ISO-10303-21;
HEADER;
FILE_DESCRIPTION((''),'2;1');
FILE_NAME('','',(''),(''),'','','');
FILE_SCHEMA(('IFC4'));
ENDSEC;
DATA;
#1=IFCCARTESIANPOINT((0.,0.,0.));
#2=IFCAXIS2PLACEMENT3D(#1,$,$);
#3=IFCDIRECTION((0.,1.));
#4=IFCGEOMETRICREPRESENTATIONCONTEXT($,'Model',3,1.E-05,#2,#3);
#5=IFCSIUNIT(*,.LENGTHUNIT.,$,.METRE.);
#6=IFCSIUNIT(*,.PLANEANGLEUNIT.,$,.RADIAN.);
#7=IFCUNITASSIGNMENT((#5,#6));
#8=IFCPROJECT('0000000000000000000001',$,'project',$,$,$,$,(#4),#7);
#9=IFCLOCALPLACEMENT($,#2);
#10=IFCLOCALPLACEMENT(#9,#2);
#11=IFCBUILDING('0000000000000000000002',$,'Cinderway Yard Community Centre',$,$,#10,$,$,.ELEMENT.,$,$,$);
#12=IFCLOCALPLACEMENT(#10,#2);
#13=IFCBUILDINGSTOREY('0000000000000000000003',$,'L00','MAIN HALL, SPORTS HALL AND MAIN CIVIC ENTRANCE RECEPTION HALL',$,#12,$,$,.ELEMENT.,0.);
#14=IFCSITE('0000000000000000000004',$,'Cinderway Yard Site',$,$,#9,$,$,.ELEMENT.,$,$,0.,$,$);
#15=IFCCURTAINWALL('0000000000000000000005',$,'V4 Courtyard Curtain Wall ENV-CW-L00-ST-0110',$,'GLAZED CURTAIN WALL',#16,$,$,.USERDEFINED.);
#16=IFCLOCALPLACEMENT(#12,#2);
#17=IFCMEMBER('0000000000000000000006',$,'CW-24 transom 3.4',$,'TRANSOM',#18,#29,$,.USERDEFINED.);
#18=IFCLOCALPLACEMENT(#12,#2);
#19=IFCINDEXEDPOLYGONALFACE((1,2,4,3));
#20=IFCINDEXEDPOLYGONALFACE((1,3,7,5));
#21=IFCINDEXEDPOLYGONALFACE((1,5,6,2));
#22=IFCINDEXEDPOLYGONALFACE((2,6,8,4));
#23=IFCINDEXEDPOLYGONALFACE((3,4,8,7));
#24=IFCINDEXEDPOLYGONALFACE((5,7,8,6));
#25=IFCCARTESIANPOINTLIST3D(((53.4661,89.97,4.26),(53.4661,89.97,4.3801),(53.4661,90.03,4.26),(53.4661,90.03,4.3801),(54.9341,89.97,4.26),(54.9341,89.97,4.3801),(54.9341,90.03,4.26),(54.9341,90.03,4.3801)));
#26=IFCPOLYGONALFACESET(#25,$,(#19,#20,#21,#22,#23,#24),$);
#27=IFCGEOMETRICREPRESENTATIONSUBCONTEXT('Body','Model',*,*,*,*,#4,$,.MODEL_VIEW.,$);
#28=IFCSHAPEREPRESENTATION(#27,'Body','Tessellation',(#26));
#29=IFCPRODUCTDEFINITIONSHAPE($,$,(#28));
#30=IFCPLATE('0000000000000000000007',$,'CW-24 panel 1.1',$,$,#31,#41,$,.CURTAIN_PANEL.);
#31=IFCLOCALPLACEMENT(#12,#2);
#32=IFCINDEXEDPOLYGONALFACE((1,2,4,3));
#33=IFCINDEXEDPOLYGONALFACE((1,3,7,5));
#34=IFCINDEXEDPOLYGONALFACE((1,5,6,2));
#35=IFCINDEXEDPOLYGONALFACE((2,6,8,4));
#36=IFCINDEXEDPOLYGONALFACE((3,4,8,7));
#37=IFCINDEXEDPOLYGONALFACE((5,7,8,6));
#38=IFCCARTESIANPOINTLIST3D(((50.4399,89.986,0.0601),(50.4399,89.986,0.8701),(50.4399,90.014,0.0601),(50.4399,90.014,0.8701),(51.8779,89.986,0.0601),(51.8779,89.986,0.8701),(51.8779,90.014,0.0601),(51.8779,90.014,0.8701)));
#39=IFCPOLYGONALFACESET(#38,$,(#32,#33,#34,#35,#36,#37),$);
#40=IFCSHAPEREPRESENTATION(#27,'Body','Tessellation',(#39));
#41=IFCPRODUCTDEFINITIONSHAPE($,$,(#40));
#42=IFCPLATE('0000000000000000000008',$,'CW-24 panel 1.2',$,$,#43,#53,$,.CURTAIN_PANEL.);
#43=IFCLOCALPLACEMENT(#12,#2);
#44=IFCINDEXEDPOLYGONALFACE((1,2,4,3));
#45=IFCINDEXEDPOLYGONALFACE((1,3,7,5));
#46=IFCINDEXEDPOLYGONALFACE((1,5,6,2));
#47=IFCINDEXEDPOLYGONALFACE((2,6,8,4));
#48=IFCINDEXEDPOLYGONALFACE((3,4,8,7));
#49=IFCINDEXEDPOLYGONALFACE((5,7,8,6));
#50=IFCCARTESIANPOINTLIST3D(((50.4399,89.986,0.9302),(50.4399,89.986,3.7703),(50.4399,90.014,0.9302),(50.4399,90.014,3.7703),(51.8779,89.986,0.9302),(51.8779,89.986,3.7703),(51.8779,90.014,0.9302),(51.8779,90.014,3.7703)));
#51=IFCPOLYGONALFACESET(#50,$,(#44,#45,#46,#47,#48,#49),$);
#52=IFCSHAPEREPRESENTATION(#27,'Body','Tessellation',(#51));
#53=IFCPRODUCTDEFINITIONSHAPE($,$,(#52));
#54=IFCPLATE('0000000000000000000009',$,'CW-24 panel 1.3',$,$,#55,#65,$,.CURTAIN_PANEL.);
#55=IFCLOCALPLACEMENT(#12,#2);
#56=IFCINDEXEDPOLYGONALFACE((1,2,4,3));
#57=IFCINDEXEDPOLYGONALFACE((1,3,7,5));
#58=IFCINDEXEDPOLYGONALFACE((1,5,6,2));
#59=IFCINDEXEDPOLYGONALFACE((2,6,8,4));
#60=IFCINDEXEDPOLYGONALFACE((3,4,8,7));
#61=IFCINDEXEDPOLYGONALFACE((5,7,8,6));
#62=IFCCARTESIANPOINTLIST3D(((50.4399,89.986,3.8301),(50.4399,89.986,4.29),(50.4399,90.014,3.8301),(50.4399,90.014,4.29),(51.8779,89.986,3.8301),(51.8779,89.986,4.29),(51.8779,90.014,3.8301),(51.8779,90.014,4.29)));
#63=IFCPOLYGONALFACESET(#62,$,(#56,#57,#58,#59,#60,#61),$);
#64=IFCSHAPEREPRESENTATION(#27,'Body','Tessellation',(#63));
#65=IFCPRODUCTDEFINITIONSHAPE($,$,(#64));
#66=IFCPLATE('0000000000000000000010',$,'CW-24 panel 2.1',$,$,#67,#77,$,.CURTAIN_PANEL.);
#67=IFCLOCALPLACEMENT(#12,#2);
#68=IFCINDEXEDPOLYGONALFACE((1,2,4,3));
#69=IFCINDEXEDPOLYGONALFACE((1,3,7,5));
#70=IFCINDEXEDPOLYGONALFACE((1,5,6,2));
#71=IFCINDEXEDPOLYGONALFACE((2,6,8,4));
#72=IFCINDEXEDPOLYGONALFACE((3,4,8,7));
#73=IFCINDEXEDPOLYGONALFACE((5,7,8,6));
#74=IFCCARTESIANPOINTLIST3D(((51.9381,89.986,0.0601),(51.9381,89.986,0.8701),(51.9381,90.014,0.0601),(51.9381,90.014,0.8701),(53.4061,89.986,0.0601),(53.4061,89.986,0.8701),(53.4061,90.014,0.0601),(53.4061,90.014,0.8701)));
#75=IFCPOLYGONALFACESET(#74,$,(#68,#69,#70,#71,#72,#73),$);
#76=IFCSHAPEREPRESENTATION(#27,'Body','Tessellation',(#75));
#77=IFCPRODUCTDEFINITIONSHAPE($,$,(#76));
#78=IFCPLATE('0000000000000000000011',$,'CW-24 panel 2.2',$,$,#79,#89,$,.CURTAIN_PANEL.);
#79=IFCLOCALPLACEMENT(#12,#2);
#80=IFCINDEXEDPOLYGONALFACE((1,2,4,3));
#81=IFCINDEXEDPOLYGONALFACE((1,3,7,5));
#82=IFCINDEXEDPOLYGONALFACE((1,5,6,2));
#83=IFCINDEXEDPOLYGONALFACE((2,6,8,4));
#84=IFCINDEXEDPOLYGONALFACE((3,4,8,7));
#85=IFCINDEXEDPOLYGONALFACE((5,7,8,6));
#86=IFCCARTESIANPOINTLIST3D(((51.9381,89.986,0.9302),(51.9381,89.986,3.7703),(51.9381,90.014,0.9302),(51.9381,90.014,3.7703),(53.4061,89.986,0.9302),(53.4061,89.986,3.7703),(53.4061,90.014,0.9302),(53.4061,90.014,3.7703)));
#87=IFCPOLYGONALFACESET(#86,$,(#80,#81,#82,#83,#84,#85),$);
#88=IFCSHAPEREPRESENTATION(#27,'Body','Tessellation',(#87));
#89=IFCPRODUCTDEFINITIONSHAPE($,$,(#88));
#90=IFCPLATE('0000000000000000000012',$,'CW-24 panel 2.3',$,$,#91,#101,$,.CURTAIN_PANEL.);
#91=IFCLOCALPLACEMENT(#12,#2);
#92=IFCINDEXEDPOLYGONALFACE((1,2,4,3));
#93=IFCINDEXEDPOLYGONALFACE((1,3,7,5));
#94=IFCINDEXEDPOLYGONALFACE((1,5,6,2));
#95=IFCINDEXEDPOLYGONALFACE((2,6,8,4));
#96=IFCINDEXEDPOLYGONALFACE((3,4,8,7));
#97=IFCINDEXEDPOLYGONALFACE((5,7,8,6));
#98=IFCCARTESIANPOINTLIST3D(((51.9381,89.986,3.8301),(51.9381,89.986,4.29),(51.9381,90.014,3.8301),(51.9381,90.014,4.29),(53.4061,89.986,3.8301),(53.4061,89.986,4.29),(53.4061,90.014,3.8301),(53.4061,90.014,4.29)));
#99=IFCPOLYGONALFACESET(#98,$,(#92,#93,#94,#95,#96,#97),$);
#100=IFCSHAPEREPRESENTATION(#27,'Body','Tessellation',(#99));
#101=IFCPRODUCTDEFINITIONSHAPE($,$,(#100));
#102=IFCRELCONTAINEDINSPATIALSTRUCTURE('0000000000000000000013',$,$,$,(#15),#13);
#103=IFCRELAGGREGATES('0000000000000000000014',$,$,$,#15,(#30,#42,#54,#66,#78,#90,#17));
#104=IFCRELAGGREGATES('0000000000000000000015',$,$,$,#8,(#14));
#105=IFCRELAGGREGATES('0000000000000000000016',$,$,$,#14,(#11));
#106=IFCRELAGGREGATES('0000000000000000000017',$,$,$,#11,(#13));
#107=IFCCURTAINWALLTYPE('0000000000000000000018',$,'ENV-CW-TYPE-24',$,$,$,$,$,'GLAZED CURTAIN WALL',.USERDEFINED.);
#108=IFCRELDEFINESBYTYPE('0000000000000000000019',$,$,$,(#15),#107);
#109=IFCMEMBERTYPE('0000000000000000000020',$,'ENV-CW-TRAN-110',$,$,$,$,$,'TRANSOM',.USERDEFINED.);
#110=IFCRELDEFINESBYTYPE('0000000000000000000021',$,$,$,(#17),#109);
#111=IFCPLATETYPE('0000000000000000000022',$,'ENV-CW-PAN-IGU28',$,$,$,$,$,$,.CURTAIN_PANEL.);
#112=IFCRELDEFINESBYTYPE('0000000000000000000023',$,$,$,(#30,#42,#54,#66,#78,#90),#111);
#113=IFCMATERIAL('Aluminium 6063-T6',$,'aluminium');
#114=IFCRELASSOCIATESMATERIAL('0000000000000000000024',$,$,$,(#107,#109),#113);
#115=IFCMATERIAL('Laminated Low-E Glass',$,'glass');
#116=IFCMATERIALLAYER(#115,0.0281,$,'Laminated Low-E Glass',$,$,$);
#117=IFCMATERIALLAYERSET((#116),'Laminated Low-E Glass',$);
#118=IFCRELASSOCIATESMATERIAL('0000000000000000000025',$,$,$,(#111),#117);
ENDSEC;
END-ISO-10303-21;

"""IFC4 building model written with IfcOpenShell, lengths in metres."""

from ifc_helpers import new_model, si_unit, direction, frame, origin, origin_2d, place, context, subcontext, project, spatial, rectangle, extrude, material, layer, layer_set, material_profile, profile_set, type_object, element, aggregate, save


model = new_model("IFC4")

# Units and contexts
model_context = context("Model", 3, precision=1e-05, world=origin(), true_north=direction((0.0, 1.0)))
body_context = subcontext(model_context, "Body", "Model", "MODEL_VIEW")
ifc_project = project(units=[si_unit("LENGTHUNIT", "METRE"), si_unit("PLANEANGLEUNIT", "RADIAN")], contexts=[model_context])

# Site, building, storey
site_placement = place(None, origin())
site = spatial("IfcSite", under=ifc_project, at=site_placement, Name="Cinderway Yard Site", CompositionType="ELEMENT", RefElevation=0.0)
building_placement = place(site_placement, origin())
building = spatial("IfcBuilding", under=site, at=building_placement, Name="Cinderway Yard Community Centre", CompositionType="ELEMENT")
storey_placement = place(building_placement, origin())
storey = spatial("IfcBuildingStorey", under=building, at=storey_placement, Name="L00", Description="MAIN HALL, SPORTS HALL AND MAIN CIVIC ENTRANCE RECEPTION HALL", CompositionType="ELEMENT", Elevation=0.0)

# Curtain wall, member, plates
ifc_material_1 = material(Name="Aluminium 6063-T6", Category="aluminium")
curtain_wall_type = type_object("IfcCurtainWallType", Name="ENV-CW-TYPE-24", ElementType="GLAZED CURTAIN WALL", PredefinedType="USERDEFINED", material=ifc_material_1)
curtain_wall_placement = place(storey_placement, origin())
curtain_wall = element("IfcCurtainWall", 1, at=curtain_wall_placement, inside=storey, type_object=curtain_wall_type, Name="V4 Courtyard Curtain Wall ENV-CW-L00-ST-0110", ObjectType="GLAZED CURTAIN WALL", PredefinedType="USERDEFINED")
ifc_material_profile_1 = material_profile(ifc_material_1, rectangle(XDim=0.0601, YDim=0.1201, at=origin_2d()), Name="Aluminium 6063-T6")
ifc_profile_set_1 = profile_set([ifc_material_profile_1], Name="Aluminium 6063-T6")
member_type_1 = type_object("IfcMemberType", Name="ENV-CW-TRAN-110", ElementType="TRANSOM", PredefinedType="USERDEFINED", material=ifc_profile_set_1)
member_1_placement = place(storey_placement, frame((53.4661, 90.0, 4.3201), z_axis=(1.0, 0.0, 0.0), x_axis=(0.0, 1.0, 0.0)))
member_1 = element("IfcMember", 2, at=member_1_placement, type_object=member_type_1, Name="CW-24 transom 3.4", ObjectType="TRANSOM", PredefinedType="USERDEFINED", context=body_context, shape_type="SweptSolid", body=[
    extrude(rectangle(XDim=0.0601, YDim=0.1201, at=origin_2d()), origin(), (0.0, 0.0, 1.0), 1.468),
])
ifc_material_2 = material(Name="Laminated Low-E Glass", Category="glass")
ifc_layer = layer(ifc_material_2, 0.0281, Name="Laminated Low-E Glass")
ifc_layer_set = layer_set([ifc_layer], Name="Laminated Low-E Glass")
plate_type = type_object("IfcPlateType", Name="ENV-CW-PAN-IGU28", PredefinedType="CURTAIN_PANEL", material=ifc_layer_set)
plate_1_placement = place(storey_placement, frame((51.1589, 90.0, 0.0601), z_axis=(0.0, 0.0, 1.0), x_axis=(1.0, 0.0, 0.0)))
plate_1 = element("IfcPlate", 3, at=plate_1_placement, type_object=plate_type, Name="CW-24 panel 1.1", PredefinedType="CURTAIN_PANEL", context=body_context, shape_type="SweptSolid", body=[
    extrude(rectangle(XDim=1.438, YDim=0.0281, at=origin_2d()), origin(), (0.0, 0.0, 1.0), 0.8101),
])
plate_2_placement = place(storey_placement, frame((51.1589, 90.0, 0.9302), z_axis=(0.0, 0.0, 1.0), x_axis=(1.0, 0.0, 0.0)))
plate_2 = element("IfcPlate", 4, at=plate_2_placement, type_object=plate_type, Name="CW-24 panel 1.2", PredefinedType="CURTAIN_PANEL", context=body_context, shape_type="SweptSolid", body=[
    extrude(rectangle(XDim=1.438, YDim=0.0281, at=origin_2d()), origin(), (0.0, 0.0, 1.0), 2.8401),
])
plate_3_placement = place(storey_placement, frame((51.1589, 90.0, 3.8301), z_axis=(0.0, 0.0, 1.0), x_axis=(1.0, 0.0, 0.0)))
plate_3 = element("IfcPlate", 5, at=plate_3_placement, type_object=plate_type, Name="CW-24 panel 1.3", PredefinedType="CURTAIN_PANEL", context=body_context, shape_type="SweptSolid", body=[
    extrude(rectangle(XDim=1.438, YDim=0.0281, at=origin_2d()), origin(), (0.0, 0.0, 1.0), 0.46),
])
plate_4_placement = place(storey_placement, frame((52.6721, 90.0, 0.0601), z_axis=(0.0, 0.0, 1.0), x_axis=(1.0, 0.0, 0.0)))
plate_4 = element("IfcPlate", 6, at=plate_4_placement, type_object=plate_type, Name="CW-24 panel 2.1", PredefinedType="CURTAIN_PANEL", context=body_context, shape_type="SweptSolid", body=[
    extrude(rectangle(XDim=1.468, YDim=0.0281, at=origin_2d()), origin(), (0.0, 0.0, 1.0), 0.8101),
])
plate_5_placement = place(storey_placement, frame((52.6721, 90.0, 0.9302), z_axis=(0.0, 0.0, 1.0), x_axis=(1.0, 0.0, 0.0)))
plate_5 = element("IfcPlate", 7, at=plate_5_placement, type_object=plate_type, Name="CW-24 panel 2.2", PredefinedType="CURTAIN_PANEL", context=body_context, shape_type="SweptSolid", body=[
    extrude(rectangle(XDim=1.468, YDim=0.0281, at=origin_2d()), origin(), (0.0, 0.0, 1.0), 2.8401),
])
plate_6_placement = place(storey_placement, frame((52.6721, 90.0, 3.8301), z_axis=(0.0, 0.0, 1.0), x_axis=(1.0, 0.0, 0.0)))
plate_6 = element("IfcPlate", 8, at=plate_6_placement, type_object=plate_type, Name="CW-24 panel 2.3", PredefinedType="CURTAIN_PANEL", context=body_context, shape_type="SweptSolid", body=[
    extrude(rectangle(XDim=1.468, YDim=0.0281, at=origin_2d()), origin(), (0.0, 0.0, 1.0), 0.46),
])
aggregate(curtain_wall, [plate_1, plate_2, plate_3, plate_4, plate_5, plate_6, member_1])

save(model, "model.ifc")
